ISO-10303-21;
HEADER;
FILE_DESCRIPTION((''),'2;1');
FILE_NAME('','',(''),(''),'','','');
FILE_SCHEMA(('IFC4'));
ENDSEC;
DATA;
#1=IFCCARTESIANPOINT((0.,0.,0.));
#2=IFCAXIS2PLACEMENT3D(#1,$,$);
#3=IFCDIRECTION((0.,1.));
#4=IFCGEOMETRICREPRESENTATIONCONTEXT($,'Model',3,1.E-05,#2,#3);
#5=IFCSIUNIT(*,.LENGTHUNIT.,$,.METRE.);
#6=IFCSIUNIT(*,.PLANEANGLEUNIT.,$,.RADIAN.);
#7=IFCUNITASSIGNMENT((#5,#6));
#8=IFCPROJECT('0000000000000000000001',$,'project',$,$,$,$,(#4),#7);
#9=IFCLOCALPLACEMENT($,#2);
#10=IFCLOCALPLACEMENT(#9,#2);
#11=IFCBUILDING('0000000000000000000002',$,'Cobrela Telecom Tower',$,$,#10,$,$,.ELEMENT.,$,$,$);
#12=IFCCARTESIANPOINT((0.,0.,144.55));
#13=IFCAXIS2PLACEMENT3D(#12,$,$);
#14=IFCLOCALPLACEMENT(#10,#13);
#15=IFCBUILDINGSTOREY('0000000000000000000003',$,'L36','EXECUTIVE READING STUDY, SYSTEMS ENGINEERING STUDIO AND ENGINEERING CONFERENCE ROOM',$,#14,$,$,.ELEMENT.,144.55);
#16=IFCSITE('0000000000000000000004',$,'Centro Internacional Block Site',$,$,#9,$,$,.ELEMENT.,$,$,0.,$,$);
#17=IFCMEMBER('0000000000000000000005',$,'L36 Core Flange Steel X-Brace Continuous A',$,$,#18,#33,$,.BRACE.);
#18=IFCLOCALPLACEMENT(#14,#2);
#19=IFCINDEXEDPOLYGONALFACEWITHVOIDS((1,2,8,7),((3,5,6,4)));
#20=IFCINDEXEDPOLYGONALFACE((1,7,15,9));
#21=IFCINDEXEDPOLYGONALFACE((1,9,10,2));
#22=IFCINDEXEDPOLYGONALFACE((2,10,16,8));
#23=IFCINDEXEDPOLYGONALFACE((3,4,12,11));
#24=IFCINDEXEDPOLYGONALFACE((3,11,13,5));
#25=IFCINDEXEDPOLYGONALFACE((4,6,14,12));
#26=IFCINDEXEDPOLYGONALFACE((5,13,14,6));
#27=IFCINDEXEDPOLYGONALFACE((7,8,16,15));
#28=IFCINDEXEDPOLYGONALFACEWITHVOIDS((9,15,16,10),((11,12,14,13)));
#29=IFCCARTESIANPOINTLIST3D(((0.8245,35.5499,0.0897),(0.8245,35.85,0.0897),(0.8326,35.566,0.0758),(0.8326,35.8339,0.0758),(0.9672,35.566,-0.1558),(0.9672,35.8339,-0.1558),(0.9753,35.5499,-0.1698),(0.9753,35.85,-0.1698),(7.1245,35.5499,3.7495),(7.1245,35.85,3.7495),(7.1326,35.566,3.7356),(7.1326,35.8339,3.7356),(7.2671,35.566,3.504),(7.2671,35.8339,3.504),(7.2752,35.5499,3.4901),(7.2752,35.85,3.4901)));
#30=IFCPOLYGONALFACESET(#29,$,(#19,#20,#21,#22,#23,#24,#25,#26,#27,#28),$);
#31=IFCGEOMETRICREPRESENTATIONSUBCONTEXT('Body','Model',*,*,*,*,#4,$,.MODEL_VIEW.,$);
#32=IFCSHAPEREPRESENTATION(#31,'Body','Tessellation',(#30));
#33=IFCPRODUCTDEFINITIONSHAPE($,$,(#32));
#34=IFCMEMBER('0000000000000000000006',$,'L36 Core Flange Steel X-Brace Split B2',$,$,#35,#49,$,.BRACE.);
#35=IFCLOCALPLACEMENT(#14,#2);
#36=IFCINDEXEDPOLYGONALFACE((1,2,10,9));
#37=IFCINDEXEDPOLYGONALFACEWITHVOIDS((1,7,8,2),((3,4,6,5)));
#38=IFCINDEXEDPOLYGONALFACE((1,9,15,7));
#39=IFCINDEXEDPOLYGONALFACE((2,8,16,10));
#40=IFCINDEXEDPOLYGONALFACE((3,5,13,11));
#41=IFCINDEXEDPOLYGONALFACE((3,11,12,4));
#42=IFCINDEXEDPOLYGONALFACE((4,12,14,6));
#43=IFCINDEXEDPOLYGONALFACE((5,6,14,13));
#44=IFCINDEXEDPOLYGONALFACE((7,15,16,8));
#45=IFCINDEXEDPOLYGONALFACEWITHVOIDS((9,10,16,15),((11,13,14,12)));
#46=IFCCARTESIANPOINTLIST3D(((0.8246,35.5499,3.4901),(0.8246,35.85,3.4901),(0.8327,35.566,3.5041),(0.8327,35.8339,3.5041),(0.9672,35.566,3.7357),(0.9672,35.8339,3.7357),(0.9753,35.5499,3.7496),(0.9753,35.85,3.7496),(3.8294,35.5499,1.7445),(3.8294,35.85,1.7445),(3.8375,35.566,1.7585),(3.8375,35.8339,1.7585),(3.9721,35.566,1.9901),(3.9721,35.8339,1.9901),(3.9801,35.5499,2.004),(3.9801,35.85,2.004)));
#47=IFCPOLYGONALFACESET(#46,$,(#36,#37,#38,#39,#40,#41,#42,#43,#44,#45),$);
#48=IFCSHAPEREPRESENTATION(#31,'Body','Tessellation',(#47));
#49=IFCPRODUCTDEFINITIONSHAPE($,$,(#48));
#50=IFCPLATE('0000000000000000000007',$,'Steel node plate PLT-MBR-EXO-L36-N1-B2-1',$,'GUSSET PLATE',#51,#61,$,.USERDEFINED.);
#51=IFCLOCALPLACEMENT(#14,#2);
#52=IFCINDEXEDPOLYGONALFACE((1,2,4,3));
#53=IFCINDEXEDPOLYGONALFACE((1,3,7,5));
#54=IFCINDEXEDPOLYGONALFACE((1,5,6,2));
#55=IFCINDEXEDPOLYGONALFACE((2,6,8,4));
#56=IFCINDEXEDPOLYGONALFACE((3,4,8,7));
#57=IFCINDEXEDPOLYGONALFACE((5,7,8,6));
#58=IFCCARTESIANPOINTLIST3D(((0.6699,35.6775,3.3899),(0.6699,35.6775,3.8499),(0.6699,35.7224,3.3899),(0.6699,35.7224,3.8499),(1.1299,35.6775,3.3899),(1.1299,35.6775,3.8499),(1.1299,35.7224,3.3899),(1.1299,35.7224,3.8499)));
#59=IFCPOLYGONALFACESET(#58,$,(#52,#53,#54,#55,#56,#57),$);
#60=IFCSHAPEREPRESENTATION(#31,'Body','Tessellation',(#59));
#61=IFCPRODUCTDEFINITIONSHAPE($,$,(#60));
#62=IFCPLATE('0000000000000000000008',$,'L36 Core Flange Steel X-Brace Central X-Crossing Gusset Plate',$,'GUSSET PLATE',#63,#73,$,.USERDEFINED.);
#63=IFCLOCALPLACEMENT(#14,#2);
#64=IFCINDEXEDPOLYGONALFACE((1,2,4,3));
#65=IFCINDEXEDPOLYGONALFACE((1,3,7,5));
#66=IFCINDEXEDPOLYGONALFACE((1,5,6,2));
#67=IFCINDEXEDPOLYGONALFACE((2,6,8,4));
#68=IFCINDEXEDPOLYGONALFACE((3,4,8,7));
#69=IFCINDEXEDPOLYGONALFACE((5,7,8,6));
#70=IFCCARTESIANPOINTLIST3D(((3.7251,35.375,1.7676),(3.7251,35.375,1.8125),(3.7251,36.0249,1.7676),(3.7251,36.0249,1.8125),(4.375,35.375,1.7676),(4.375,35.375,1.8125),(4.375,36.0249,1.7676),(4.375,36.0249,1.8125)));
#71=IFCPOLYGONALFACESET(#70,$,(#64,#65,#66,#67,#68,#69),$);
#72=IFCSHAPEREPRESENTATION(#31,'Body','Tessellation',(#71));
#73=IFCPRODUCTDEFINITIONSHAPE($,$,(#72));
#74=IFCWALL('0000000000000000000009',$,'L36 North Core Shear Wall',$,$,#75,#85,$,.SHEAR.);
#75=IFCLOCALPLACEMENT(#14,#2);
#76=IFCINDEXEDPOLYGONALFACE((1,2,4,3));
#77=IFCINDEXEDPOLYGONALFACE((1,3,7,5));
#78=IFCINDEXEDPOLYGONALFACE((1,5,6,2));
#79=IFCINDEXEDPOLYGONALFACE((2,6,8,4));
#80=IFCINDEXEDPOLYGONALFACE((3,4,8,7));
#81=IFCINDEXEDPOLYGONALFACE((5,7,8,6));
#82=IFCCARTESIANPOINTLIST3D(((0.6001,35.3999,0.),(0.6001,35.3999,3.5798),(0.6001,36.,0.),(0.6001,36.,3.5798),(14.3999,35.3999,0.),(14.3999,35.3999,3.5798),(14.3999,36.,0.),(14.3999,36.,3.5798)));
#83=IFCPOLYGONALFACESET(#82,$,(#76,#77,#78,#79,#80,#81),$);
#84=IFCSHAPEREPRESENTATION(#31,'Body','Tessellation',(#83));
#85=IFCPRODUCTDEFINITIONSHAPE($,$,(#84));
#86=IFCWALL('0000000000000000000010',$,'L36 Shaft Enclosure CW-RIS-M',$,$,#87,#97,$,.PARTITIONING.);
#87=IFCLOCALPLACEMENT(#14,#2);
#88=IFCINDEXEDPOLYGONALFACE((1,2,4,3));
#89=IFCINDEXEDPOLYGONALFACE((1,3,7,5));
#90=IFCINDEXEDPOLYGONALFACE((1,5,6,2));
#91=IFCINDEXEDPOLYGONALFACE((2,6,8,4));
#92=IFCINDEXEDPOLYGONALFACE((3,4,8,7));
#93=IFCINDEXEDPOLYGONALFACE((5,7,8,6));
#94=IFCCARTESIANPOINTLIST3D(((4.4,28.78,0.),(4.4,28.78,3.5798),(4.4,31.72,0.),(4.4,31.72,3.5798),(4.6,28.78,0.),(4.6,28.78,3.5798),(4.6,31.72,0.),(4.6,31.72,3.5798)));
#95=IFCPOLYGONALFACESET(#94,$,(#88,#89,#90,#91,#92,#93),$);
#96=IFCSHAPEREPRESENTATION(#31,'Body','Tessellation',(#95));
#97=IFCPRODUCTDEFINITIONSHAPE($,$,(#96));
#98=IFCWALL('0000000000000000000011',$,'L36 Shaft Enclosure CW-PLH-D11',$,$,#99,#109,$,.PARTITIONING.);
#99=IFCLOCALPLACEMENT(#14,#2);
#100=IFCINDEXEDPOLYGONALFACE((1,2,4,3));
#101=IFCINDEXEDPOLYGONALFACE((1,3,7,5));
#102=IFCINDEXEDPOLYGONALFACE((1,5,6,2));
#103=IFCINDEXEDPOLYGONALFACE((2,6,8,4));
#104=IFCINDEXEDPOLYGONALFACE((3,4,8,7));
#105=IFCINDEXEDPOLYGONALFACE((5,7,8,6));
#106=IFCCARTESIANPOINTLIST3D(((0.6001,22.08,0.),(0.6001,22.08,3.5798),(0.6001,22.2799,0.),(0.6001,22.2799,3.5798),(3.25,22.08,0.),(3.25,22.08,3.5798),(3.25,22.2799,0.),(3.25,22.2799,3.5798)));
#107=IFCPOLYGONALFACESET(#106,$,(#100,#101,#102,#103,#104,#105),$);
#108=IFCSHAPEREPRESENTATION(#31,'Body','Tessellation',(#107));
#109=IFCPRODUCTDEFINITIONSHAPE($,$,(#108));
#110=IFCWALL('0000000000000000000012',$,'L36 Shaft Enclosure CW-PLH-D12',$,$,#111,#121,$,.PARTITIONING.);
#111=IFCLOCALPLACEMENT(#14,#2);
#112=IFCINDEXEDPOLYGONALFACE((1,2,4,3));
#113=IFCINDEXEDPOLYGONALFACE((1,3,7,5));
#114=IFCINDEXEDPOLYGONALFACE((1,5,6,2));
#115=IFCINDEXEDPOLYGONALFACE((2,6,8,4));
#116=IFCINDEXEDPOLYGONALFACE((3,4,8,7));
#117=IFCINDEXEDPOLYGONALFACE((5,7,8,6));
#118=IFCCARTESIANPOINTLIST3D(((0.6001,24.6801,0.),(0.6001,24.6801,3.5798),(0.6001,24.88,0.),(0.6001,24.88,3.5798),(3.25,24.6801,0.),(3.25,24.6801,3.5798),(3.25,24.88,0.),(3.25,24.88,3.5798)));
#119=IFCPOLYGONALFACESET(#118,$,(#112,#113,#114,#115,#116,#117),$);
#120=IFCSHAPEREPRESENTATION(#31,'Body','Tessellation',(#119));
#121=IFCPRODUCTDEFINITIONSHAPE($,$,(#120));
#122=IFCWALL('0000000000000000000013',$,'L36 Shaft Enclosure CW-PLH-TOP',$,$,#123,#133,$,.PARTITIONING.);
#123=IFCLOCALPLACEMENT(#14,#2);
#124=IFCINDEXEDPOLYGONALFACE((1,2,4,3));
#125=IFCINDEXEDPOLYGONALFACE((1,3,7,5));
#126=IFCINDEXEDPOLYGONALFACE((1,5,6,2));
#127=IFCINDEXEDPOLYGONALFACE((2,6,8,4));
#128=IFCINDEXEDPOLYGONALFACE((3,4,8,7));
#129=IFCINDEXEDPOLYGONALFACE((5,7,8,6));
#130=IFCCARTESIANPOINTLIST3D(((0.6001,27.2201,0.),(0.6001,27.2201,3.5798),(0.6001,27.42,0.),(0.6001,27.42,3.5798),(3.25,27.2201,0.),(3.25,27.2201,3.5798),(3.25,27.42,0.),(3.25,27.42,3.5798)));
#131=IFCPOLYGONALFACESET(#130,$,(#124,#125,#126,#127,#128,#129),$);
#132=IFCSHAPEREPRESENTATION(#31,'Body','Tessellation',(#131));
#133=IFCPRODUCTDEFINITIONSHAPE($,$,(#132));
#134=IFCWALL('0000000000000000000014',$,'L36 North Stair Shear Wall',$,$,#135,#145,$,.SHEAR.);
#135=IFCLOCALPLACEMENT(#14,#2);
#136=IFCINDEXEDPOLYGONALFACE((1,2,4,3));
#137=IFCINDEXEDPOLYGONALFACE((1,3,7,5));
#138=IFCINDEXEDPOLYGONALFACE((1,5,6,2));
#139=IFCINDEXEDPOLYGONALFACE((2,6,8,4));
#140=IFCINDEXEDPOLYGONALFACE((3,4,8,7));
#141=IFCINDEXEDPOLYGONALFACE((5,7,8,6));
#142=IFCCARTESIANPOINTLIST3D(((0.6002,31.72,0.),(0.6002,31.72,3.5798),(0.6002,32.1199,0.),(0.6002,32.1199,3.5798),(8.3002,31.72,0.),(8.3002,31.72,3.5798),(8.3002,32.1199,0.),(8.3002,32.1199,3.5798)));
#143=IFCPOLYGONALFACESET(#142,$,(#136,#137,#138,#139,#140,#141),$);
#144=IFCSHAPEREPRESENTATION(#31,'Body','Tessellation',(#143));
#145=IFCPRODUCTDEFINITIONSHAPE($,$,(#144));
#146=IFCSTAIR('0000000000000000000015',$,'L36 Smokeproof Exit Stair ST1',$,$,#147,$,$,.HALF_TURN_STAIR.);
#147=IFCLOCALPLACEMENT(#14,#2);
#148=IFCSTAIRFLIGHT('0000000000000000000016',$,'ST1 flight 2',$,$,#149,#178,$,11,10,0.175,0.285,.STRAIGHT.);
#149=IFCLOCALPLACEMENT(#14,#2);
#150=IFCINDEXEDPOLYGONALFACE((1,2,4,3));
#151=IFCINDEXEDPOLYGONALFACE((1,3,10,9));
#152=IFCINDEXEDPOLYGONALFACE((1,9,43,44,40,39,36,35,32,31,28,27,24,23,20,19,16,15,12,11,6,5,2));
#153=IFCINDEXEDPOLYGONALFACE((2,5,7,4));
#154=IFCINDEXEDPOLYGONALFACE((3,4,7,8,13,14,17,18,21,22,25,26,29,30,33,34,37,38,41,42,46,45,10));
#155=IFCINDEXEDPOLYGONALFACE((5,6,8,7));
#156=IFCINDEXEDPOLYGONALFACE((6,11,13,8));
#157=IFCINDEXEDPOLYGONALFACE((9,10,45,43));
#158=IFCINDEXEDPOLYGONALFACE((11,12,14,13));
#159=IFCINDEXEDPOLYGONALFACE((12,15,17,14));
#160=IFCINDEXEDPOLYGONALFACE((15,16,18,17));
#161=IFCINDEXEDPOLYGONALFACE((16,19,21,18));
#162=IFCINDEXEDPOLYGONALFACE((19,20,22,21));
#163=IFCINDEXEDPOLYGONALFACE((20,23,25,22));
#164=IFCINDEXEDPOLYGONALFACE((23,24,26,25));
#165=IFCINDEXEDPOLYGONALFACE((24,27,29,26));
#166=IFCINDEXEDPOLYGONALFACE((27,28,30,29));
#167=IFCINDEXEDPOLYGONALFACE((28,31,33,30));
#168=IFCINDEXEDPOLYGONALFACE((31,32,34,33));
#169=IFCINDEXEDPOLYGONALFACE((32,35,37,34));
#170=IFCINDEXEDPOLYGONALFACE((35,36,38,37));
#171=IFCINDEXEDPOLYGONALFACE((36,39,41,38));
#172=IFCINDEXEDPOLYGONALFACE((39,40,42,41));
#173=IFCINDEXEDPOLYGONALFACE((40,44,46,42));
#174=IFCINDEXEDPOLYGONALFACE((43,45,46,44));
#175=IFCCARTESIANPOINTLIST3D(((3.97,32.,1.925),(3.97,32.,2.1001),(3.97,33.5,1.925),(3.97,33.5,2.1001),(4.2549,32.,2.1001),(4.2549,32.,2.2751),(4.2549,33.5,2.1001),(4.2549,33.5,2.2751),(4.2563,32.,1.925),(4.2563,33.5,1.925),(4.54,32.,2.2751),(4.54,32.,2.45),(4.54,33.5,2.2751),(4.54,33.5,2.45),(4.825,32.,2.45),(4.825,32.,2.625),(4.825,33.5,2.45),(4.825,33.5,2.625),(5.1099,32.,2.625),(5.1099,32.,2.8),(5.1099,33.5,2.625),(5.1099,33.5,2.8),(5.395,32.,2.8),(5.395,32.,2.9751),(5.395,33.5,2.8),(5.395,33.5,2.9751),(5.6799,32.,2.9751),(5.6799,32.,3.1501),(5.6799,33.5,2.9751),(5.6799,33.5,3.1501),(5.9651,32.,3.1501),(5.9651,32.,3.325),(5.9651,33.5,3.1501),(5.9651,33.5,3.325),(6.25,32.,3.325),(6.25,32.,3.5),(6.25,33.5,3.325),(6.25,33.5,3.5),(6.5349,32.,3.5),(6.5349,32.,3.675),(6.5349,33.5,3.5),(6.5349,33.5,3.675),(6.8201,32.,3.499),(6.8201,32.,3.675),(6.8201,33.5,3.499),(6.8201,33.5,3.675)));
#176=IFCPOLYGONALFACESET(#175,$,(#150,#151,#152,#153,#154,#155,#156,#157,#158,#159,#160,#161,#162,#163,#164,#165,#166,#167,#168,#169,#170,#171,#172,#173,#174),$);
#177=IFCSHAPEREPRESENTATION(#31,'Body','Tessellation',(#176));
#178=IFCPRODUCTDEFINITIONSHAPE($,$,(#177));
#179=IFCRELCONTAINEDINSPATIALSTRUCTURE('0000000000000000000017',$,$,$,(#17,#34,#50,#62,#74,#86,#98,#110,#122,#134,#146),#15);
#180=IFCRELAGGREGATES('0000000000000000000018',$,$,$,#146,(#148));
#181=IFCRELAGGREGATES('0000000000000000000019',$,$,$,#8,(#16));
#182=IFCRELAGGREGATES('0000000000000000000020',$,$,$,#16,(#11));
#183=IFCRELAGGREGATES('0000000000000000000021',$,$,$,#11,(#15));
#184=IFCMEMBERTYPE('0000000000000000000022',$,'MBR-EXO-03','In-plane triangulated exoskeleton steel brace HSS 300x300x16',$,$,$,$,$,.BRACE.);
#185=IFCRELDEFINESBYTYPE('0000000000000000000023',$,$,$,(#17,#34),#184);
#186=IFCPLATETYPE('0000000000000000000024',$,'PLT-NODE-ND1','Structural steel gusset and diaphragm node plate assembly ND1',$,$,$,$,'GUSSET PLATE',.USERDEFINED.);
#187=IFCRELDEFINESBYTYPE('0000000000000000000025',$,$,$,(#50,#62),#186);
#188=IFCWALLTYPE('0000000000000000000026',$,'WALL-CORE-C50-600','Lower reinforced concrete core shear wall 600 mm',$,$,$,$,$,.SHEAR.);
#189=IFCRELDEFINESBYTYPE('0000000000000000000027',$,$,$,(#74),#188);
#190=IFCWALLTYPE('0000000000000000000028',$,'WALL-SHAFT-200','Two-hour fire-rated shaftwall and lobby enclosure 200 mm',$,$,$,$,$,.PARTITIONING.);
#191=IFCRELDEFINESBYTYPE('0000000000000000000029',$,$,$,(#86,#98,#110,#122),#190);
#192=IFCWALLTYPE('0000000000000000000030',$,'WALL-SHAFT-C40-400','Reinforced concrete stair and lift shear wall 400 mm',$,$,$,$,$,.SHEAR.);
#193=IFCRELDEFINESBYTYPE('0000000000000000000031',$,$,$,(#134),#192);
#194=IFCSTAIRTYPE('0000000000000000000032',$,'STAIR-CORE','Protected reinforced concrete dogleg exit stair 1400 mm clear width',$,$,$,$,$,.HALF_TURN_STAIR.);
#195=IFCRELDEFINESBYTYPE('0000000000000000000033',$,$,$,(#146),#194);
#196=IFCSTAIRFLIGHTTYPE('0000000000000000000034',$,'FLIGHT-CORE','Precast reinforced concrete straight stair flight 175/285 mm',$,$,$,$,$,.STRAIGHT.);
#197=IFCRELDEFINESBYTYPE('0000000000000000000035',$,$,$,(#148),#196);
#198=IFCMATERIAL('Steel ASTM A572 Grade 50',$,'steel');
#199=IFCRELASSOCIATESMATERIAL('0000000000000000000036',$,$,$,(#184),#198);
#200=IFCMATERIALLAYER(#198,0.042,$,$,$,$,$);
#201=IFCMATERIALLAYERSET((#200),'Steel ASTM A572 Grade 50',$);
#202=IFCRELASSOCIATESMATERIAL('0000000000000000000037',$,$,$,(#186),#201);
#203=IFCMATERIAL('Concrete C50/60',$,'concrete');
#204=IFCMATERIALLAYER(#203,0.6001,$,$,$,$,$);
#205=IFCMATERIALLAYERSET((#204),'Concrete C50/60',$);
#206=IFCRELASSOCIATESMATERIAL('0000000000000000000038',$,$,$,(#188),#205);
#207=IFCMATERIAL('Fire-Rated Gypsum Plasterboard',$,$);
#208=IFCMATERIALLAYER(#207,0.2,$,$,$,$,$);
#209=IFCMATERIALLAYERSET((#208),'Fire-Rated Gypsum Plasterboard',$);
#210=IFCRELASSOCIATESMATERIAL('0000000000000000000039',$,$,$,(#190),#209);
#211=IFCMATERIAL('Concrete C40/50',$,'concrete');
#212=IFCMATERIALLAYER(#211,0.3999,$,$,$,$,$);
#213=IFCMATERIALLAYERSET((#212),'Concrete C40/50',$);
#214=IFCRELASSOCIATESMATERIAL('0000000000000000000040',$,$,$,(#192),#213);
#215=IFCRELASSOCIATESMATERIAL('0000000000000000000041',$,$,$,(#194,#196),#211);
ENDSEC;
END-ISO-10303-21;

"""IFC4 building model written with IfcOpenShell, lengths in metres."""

from ifc_helpers import new_model, si_unit, direction, frame, frame_2d, origin, origin_2d, place, context, subcontext, project, spatial, polyline, rectangle, hollow_rectangle, outline, extrude, material, layer, layer_set, material_profile, profile_set, type_object, element, aggregate, save


model = new_model("IFC4")

# Units and contexts
model_context = context("Model", 3, precision=1e-05, world=origin(), true_north=direction((0.0, 1.0)))
body_context = subcontext(model_context, "Body", "Model", "MODEL_VIEW")
ifc_project = project(units=[si_unit("LENGTHUNIT", "METRE"), si_unit("PLANEANGLEUNIT", "RADIAN")], contexts=[model_context])

# Site, building, storey
site_placement = place(None, origin())
site = spatial("IfcSite", under=ifc_project, at=site_placement, Name="Centro Internacional Block Site", CompositionType="ELEMENT", RefElevation=0.0)
building_placement = place(site_placement, origin())
building = spatial("IfcBuilding", under=site, at=building_placement, Name="Cobrela Telecom Tower", CompositionType="ELEMENT")
storey_placement = place(building_placement, frame((0.0, 0.0, 144.55)))
storey = spatial("IfcBuildingStorey", under=building, at=storey_placement, Name="L36", Description="EXECUTIVE READING STUDY, SYSTEMS ENGINEERING STUDIO AND ENGINEERING CONFERENCE ROOM", CompositionType="ELEMENT", Elevation=144.55)

# Members
ifc_material_1 = material(Name="Steel ASTM A572 Grade 50", Category="steel")
ifc_material_profile = material_profile(ifc_material_1, hollow_rectangle(XDim=0.3, YDim=0.3, WallThickness=0.0161, at=origin_2d()), Name="HSS 300x300x16")
ifc_profile_set = profile_set([ifc_material_profile], Name="Steel ASTM A572 Grade 50")
member_type = type_object("IfcMemberType", Name="MBR-EXO-03", Description="In-plane triangulated exoskeleton steel brace HSS 300x300x16", PredefinedType="BRACE", material=ifc_profile_set)
member_1_placement = place(storey_placement, frame((0.8999, 35.7, -0.04), z_axis=(0.864681, 0.0, 0.502322), x_axis=(0.0, 1.0, 0.0)))
element("IfcMember", 1, at=member_1_placement, inside=storey, type_object=member_type, Name="L36 Core Flange Steel X-Brace Continuous A", PredefinedType="BRACE", context=body_context, shape_type="SweptSolid", body=[
    extrude(hollow_rectangle(XDim=0.3, YDim=0.3, WallThickness=0.0161, at=origin_2d()), origin(), (0.0, 0.0, 1.0), 7.2859),
])
member_2_placement = place(storey_placement, frame((3.9048, 35.7, 1.8743), z_axis=(-0.864685, 0.0, 0.502315), x_axis=(0.0, -1.0, 0.0)))
element("IfcMember", 2, at=member_2_placement, inside=storey, type_object=member_type, Name="L36 Core Flange Steel X-Brace Split B2", PredefinedType="BRACE", context=body_context, shape_type="SweptSolid", body=[
    extrude(hollow_rectangle(XDim=0.3, YDim=0.3, WallThickness=0.0161, at=origin_2d()), origin(), (0.0, 0.0, 1.0), 3.4751),
])

# Plates
ifc_layer_1 = layer(ifc_material_1, 0.042)
ifc_layer_set_1 = layer_set([ifc_layer_1], Name="Steel ASTM A572 Grade 50")
plate_type = type_object("IfcPlateType", Name="PLT-NODE-ND1", Description="Structural steel gusset and diaphragm node plate assembly ND1", ElementType="GUSSET PLATE", PredefinedType="USERDEFINED", material=ifc_layer_set_1)
plate_1_placement = place(storey_placement, frame((0.8999, 35.7, 3.3899), z_axis=(0.0, 0.0, 1.0), x_axis=(-1.0, 0.0, 0.0)))
element("IfcPlate", 3, at=plate_1_placement, inside=storey, type_object=plate_type, Name="Steel node plate PLT-MBR-EXO-L36-N1-B2-1", ObjectType="GUSSET PLATE", PredefinedType="USERDEFINED", context=body_context, shape_type="SweptSolid", body=[
    extrude(rectangle(XDim=0.46, YDim=0.0449, at=origin_2d()), origin(), (0.0, 0.0, 1.0), 0.46),
])
plate_2_placement = place(storey_placement, frame((4.05, 35.7, 1.7676), z_axis=(0.0, 0.0, 1.0), x_axis=(1.0, 0.0, 0.0)))
element("IfcPlate", 4, at=plate_2_placement, inside=storey, type_object=plate_type, Name="L36 Core Flange Steel X-Brace Central X-Crossing Gusset Plate", ObjectType="GUSSET PLATE", PredefinedType="USERDEFINED", context=body_context, shape_type="SweptSolid", body=[
    extrude(rectangle(XDim=0.6499, YDim=0.6499, at=origin_2d()), origin(), (0.0, 0.0, 1.0), 0.0449),
])

# Wall
ifc_material_2 = material(Name="Concrete C50/60", Category="concrete")
ifc_layer_2 = layer(ifc_material_2, 0.6001)
ifc_layer_set_2 = layer_set([ifc_layer_2], Name="Concrete C50/60")
wall_type_1 = type_object("IfcWallType", Name="WALL-CORE-C50-600", Description="Lower reinforced concrete core shear wall 600 mm", PredefinedType="SHEAR", material=ifc_layer_set_2)
wall_1_placement = place(storey_placement, frame((0.6001, 35.7, 0.0), z_axis=(0.0, 0.0, 1.0), x_axis=(1.0, 0.0, 0.0)))
element("IfcWall", 5, at=wall_1_placement, inside=storey, type_object=wall_type_1, Name="L36 North Core Shear Wall", PredefinedType="SHEAR", context=body_context, shape_type="SweptSolid", body=[
    extrude(rectangle(XDim=13.7998, YDim=0.6001, at=frame_2d((6.8999, 0.0))), origin(), (0.0, 0.0, 1.0), 3.5798),
])

# Shared definitions
ifc_material_3 = material(Name="Fire-Rated Gypsum Plasterboard")
ifc_layer_3 = layer(ifc_material_3, 0.2)
ifc_layer_set_3 = layer_set([ifc_layer_3], Name="Fire-Rated Gypsum Plasterboard")
wall_type_2 = type_object("IfcWallType", Name="WALL-SHAFT-200", Description="Two-hour fire-rated shaftwall and lobby enclosure 200 mm", PredefinedType="PARTITIONING", material=ifc_layer_set_3)

# Walls
wall_2_placement = place(storey_placement, frame((4.5, 28.78, 0.0), z_axis=(0.0, 0.0, 1.0), x_axis=(0.0, 1.0, 0.0)))
element("IfcWall", 6, at=wall_2_placement, inside=storey, type_object=wall_type_2, Name="L36 Shaft Enclosure CW-RIS-M", PredefinedType="PARTITIONING", context=body_context, shape_type="SweptSolid", body=[
    extrude(rectangle(XDim=2.9399, YDim=0.2, at=frame_2d((1.47, 0.0))), origin(), (0.0, 0.0, 1.0), 3.5798),
])
for number, where, z_axis, x_axis, name in (
    (7, (0.6001, 22.1799, 0.0), (0.0, 0.0, 1.0), (1.0, 0.0, 0.0), "L36 Shaft Enclosure CW-PLH-D11"),
    (8, (0.6001, 24.78, 0.0), (0.0, 0.0, 1.0), (1.0, 0.0, 0.0), "L36 Shaft Enclosure CW-PLH-D12"),
    (9, (0.6001, 27.3201, 0.0), (0.0, 0.0, 1.0), (1.0, 0.0, 0.0), "L36 Shaft Enclosure CW-PLH-TOP"),
):
    element("IfcWall", number, at=place(storey_placement, frame(where, z_axis=z_axis, x_axis=x_axis)), inside=storey, type_object=wall_type_2, Name=name, PredefinedType="PARTITIONING", context=body_context, shape_type="SweptSolid", body=[
        extrude(rectangle(XDim=2.6499, YDim=0.2, at=frame_2d((1.325, 0.0))), origin(), (0.0, 0.0, 1.0), 3.5798),
    ])
ifc_material_4 = material(Name="Concrete C40/50", Category="concrete")
ifc_layer_4 = layer(ifc_material_4, 0.3999)
ifc_layer_set_4 = layer_set([ifc_layer_4], Name="Concrete C40/50")
wall_type_3 = type_object("IfcWallType", Name="WALL-SHAFT-C40-400", Description="Reinforced concrete stair and lift shear wall 400 mm", PredefinedType="SHEAR", material=ifc_layer_set_4)
wall_3_placement = place(storey_placement, frame((0.6001, 31.9199, 0.0), z_axis=(0.0, 0.0, 1.0), x_axis=(1.0, 0.0, 0.0)))
element("IfcWall", 10, at=wall_3_placement, inside=storey, type_object=wall_type_3, Name="L36 North Stair Shear Wall", PredefinedType="SHEAR", context=body_context, shape_type="SweptSolid", body=[
    extrude(rectangle(XDim=7.7, YDim=0.3999, at=frame_2d((3.8501, 0.0))), origin(), (0.0, 0.0, 1.0), 3.5798),
])

# Stair, stair flight
stair_type = type_object("IfcStairType", Name="STAIR-CORE", Description="Protected reinforced concrete dogleg exit stair 1400 mm clear width", PredefinedType="HALF_TURN_STAIR", material=ifc_material_4)
stair_placement = place(storey_placement, origin())
stair = element("IfcStair", 11, at=stair_placement, inside=storey, type_object=stair_type, Name="L36 Smokeproof Exit Stair ST1", PredefinedType="HALF_TURN_STAIR")
stair_flight_type = type_object("IfcStairFlightType", Name="FLIGHT-CORE", Description="Precast reinforced concrete straight stair flight 175/285 mm", PredefinedType="STRAIGHT", material=ifc_material_4)
stair_flight_placement = place(storey_placement, frame((3.97, 32.75, 1.925), z_axis=(0.0, 0.0, 1.0), x_axis=(1.0, 0.0, 0.0)))
stair_flight = element("IfcStairFlight", 12, at=stair_flight_placement, type_object=stair_flight_type, Name="ST1 flight 2", NumberOfRisers=11, NumberOfTreads=10, PredefinedType="STRAIGHT", RiserHeight=0.175, TreadLength=0.285, context=body_context, shape_type="SweptSolid", body=[
    extrude(outline(polyline([(0.0, 0.0), (0.0, 0.175), (0.2849, 0.175), (0.2849, 0.3501), (0.5701, 0.3501), (0.5701, 0.5249), (0.855, 0.5249), (0.855, 0.7), (1.1399, 0.7), (1.1399, 0.875), (1.425, 0.875), (1.425, 1.05), (1.71, 1.05), (1.71, 1.2251), (1.9951, 1.2251), (1.9951, 1.3999), (2.28, 1.3999), (2.28, 1.575), (2.5649, 1.575), (2.5649, 1.75), (2.8501, 1.75), (2.8501, 1.925), (2.8501, 1.574), (0.2864, 0.0), (0.0, 0.0)])), frame((0.0, 0.75, 0.0), z_axis=(0.0, -1.0, 0.0), x_axis=(1.0, 0.0, 0.0)), (0.0, 0.0, 1.0), 1.5),
])
aggregate(stair, [stair_flight])

save(model, "model.ifc")
